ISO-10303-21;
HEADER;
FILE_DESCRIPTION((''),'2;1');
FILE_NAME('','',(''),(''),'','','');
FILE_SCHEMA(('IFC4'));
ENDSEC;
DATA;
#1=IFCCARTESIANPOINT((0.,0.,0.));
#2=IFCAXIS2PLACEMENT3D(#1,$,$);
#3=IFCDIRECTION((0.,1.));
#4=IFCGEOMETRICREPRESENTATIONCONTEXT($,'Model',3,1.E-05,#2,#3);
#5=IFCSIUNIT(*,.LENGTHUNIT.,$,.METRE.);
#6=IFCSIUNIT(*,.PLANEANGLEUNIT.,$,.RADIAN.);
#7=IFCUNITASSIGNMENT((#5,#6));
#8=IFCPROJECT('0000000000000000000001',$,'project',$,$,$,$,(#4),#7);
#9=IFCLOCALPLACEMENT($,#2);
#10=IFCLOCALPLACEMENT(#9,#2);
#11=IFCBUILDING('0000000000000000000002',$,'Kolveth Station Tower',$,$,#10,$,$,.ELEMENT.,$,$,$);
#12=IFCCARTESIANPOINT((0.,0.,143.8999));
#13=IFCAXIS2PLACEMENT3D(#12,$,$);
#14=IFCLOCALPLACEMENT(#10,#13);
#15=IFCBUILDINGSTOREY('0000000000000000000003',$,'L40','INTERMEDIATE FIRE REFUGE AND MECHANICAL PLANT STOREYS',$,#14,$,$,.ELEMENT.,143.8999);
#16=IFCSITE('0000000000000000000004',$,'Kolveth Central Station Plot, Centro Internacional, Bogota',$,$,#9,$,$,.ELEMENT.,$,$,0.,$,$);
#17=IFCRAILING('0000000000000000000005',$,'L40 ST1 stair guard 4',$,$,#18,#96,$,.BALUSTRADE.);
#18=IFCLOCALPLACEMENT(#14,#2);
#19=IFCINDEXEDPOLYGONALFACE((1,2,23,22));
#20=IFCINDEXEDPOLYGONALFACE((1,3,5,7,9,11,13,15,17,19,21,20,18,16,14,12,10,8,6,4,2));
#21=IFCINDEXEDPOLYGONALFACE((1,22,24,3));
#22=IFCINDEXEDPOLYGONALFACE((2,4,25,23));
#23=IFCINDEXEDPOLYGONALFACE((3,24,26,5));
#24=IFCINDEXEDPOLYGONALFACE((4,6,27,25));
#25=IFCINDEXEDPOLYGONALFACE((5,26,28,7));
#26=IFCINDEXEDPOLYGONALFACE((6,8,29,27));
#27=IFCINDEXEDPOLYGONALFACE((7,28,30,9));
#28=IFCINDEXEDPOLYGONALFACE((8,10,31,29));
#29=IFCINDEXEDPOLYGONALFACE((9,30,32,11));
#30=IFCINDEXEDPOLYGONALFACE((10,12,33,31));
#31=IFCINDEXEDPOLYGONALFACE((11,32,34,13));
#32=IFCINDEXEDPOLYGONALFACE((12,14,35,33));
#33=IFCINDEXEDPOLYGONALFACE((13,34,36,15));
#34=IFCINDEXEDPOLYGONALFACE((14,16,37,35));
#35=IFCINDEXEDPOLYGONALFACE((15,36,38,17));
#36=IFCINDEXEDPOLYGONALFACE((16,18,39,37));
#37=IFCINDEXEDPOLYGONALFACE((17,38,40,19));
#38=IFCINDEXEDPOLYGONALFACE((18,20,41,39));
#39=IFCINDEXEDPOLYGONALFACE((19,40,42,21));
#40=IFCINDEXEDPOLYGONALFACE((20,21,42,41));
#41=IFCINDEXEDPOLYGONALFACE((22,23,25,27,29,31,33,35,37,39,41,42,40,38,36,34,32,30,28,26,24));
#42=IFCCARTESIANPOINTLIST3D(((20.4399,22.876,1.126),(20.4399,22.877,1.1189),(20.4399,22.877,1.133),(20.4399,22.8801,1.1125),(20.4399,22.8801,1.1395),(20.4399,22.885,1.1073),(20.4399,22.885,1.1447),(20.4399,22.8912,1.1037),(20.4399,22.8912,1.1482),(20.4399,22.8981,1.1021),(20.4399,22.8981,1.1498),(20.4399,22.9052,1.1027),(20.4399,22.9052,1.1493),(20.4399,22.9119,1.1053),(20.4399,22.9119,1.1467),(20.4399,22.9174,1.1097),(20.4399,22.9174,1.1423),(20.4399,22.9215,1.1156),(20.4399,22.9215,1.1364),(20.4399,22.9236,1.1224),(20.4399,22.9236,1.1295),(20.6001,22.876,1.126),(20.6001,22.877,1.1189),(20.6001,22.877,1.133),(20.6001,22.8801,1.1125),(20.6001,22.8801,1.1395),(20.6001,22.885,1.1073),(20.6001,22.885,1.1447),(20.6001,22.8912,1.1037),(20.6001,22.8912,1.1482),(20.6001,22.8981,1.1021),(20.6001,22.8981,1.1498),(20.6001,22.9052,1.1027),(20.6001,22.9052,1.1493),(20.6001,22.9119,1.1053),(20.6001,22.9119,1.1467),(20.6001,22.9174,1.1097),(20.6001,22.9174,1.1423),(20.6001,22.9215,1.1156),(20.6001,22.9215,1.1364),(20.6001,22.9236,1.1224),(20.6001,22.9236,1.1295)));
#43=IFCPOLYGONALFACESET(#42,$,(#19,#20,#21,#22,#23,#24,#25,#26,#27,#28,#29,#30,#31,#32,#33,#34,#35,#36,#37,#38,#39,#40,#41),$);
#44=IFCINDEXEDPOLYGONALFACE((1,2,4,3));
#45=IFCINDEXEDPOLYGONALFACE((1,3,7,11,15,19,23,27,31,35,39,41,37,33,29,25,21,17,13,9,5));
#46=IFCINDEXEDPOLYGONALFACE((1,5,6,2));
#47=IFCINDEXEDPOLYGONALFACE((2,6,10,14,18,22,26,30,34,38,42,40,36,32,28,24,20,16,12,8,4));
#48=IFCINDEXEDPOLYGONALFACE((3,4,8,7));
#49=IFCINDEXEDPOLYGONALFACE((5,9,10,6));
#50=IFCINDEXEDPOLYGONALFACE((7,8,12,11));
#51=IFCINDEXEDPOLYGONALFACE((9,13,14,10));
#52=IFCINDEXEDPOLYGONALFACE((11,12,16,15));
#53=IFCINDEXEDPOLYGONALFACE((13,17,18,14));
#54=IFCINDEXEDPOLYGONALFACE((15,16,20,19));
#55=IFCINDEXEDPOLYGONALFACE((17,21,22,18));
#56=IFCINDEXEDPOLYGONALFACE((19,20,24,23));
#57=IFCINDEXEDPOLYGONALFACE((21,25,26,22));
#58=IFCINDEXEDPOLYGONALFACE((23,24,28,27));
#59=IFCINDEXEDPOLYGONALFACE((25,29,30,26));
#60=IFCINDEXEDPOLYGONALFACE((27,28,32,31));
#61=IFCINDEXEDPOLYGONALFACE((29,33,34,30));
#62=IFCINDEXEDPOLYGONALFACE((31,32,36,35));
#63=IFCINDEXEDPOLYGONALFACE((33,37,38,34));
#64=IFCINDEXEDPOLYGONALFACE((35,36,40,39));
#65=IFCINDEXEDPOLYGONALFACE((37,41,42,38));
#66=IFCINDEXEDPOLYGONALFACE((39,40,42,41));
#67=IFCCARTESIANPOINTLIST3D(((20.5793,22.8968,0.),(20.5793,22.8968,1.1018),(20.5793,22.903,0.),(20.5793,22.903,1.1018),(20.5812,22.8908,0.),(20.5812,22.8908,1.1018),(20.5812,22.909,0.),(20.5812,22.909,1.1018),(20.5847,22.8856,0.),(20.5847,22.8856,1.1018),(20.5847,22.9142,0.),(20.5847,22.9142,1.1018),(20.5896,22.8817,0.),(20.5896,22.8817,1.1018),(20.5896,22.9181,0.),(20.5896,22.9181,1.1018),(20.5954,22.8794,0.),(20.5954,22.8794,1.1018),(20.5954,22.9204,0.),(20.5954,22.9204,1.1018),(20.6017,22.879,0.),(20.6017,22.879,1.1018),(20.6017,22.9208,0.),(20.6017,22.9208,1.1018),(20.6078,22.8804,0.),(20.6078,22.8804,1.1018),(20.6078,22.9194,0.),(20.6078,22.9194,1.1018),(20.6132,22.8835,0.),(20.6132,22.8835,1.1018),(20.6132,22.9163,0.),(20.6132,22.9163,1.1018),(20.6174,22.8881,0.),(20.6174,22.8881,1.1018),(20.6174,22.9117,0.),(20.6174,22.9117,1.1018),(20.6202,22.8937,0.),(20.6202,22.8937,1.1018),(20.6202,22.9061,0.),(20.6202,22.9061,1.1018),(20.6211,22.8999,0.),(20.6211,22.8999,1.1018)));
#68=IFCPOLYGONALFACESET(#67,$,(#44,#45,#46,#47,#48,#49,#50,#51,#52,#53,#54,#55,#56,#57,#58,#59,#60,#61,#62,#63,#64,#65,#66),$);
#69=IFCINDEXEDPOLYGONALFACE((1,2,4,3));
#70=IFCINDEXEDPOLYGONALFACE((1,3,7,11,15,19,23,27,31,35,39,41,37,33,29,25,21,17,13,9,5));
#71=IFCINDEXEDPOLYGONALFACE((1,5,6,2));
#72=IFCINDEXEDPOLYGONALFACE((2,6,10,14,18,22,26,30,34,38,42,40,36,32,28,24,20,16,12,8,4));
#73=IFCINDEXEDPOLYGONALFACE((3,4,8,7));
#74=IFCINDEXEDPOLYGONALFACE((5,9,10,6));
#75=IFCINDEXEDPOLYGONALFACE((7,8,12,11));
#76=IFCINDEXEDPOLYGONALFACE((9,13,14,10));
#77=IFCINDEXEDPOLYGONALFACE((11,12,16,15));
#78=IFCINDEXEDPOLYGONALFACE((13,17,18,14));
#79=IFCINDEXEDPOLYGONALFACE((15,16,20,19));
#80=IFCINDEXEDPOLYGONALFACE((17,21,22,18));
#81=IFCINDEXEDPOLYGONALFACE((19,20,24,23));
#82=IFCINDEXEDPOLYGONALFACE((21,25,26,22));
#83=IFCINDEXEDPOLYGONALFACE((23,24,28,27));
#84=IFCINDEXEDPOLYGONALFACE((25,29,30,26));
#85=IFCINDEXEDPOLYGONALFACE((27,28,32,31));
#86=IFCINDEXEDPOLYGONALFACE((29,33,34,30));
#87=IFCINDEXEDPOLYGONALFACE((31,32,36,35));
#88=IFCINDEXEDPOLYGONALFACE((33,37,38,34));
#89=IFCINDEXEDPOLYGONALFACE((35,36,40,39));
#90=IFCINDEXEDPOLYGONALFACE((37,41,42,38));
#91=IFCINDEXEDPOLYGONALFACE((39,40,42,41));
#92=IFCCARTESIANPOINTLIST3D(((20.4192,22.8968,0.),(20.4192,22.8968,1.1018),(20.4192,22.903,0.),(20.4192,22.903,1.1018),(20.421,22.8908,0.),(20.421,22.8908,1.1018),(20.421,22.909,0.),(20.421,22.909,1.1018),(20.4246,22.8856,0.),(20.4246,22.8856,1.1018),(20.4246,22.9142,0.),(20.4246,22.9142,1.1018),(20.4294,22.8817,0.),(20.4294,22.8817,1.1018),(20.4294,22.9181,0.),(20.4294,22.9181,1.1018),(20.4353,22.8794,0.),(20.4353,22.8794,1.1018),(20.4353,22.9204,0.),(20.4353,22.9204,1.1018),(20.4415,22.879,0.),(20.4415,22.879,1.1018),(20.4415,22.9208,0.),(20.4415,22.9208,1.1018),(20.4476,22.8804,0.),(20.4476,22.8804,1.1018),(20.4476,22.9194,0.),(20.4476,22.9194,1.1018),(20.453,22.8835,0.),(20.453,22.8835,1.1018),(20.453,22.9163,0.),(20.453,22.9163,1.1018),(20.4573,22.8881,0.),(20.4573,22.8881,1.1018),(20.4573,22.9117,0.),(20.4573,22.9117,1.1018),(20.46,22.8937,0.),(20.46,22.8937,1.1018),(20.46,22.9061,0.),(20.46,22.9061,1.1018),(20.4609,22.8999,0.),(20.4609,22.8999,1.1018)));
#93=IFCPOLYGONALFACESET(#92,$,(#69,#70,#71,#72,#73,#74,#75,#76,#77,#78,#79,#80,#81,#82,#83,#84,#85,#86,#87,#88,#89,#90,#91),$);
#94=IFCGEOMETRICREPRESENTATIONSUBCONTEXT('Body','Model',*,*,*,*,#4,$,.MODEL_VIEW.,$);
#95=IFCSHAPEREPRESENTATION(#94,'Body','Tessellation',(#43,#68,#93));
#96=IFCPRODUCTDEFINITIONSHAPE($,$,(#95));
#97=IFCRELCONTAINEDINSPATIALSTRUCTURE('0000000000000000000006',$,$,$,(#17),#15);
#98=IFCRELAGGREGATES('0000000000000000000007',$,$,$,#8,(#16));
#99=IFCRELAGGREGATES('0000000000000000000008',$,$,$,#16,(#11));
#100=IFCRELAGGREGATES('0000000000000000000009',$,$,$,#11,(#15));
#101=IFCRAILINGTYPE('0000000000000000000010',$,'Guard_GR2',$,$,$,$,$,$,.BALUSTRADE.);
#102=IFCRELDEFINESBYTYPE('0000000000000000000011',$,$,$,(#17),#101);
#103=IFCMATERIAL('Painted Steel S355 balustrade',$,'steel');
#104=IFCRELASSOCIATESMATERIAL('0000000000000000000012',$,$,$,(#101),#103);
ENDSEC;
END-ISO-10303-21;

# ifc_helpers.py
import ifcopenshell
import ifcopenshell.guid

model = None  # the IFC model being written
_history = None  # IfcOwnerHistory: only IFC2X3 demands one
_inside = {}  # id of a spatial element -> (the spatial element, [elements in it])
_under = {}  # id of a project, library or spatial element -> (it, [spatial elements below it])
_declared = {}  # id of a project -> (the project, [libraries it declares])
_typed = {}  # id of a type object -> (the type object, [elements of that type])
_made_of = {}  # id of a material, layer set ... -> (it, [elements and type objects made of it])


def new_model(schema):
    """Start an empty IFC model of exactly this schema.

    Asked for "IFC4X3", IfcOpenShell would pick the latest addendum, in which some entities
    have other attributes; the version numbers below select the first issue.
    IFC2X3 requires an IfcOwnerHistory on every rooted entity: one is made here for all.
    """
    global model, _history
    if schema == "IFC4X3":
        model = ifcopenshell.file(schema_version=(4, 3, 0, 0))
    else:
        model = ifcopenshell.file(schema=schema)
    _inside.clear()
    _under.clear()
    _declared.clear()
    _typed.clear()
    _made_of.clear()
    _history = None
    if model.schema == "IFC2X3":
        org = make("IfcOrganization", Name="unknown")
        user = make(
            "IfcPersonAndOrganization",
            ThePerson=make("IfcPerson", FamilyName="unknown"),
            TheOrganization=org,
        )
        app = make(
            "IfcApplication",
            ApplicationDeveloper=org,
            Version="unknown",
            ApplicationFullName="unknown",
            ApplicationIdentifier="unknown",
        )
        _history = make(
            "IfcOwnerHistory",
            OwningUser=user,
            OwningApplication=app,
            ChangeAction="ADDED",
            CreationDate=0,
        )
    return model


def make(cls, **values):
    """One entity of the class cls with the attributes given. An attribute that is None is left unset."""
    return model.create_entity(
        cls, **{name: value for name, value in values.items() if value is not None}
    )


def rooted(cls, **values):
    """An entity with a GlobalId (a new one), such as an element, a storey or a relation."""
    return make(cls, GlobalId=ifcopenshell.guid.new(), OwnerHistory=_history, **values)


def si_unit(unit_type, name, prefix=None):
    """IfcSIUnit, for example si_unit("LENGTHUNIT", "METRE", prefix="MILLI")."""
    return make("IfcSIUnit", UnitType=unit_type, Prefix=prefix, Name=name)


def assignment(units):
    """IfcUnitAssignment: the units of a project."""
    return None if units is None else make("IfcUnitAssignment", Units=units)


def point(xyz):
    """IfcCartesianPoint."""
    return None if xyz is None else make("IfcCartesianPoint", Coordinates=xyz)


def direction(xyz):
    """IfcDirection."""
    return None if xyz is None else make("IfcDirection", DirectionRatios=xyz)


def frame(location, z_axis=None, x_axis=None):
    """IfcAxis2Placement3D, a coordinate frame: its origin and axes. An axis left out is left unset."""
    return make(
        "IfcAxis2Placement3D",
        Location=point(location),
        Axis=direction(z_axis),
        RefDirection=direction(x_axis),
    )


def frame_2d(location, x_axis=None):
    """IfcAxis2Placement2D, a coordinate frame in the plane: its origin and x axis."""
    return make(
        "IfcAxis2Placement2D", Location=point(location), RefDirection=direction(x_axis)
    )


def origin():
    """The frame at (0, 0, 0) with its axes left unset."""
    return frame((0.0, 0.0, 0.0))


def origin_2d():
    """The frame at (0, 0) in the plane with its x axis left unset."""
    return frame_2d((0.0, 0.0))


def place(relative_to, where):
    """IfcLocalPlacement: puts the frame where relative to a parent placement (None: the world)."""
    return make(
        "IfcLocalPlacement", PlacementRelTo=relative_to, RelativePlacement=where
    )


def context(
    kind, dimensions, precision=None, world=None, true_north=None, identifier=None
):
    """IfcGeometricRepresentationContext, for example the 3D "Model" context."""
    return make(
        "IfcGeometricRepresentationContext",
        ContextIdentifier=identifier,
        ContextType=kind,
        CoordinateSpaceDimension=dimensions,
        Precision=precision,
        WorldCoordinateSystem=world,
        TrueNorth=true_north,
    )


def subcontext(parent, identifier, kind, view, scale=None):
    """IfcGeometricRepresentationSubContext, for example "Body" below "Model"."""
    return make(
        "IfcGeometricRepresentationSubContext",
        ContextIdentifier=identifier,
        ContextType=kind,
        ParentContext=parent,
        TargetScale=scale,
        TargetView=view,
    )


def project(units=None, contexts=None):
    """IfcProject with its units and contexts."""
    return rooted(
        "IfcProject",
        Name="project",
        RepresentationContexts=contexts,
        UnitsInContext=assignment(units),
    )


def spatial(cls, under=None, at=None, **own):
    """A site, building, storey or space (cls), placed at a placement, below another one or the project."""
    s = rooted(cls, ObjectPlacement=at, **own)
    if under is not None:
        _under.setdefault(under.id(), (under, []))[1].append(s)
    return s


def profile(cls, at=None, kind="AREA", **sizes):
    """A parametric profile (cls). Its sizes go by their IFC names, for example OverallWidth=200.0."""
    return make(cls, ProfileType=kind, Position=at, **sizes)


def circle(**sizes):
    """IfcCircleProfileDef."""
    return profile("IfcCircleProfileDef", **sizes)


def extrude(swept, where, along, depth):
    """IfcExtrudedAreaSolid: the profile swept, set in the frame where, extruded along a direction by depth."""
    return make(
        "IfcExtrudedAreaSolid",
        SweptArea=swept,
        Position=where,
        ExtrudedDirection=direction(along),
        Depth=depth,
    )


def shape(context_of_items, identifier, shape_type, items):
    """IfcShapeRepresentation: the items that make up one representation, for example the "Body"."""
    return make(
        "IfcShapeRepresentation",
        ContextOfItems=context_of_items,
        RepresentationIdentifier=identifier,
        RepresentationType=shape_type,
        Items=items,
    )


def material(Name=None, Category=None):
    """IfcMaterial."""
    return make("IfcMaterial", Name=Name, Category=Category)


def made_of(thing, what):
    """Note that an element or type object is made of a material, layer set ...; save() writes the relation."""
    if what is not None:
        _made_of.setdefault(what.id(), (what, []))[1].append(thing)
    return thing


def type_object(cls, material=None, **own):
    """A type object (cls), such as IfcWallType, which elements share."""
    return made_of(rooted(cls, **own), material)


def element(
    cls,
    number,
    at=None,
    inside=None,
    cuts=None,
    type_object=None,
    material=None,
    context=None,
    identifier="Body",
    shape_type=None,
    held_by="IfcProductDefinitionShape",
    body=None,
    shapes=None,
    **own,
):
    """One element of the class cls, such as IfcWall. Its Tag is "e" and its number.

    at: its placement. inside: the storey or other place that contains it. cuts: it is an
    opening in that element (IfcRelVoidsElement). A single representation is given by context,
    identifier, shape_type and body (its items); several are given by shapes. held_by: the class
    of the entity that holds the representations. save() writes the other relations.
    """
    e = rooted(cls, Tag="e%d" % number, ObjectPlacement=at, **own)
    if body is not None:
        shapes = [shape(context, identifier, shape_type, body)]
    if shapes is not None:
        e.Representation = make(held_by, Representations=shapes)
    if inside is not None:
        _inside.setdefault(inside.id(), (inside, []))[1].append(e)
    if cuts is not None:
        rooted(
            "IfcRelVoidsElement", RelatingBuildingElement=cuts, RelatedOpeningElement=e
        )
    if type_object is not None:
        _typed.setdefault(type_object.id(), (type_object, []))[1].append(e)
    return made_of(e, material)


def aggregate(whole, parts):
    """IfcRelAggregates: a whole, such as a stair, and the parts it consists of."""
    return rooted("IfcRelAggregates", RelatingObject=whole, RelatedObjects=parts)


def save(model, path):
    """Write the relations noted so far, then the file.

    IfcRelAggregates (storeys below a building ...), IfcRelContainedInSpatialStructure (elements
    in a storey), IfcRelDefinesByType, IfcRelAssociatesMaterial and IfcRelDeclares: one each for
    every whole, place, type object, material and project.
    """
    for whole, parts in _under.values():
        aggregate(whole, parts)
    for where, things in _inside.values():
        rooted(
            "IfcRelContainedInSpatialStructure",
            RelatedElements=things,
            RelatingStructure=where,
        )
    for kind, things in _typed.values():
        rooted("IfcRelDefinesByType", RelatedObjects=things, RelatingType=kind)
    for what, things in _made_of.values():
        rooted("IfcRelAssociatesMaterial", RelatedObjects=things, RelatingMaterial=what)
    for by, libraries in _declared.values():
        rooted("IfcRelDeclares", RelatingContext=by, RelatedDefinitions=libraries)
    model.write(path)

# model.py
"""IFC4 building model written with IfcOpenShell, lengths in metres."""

from ifc_helpers import new_model, si_unit, direction, frame, origin, origin_2d, place, context, subcontext, project, spatial, circle, extrude, material, type_object, element, save


model = new_model("IFC4")

# Units and contexts
model_context = context("Model", 3, precision=1e-05, world=origin(), true_north=direction((0.0, 1.0)))
body_context = subcontext(model_context, "Body", "Model", "MODEL_VIEW")
ifc_project = project(units=[si_unit("LENGTHUNIT", "METRE"), si_unit("PLANEANGLEUNIT", "RADIAN")], contexts=[model_context])

# Site, building, storey
site_placement = place(None, origin())
site = spatial("IfcSite", under=ifc_project, at=site_placement, Name="Kolveth Central Station Plot, Centro Internacional, Bogota", CompositionType="ELEMENT", RefElevation=0.0)
building_placement = place(site_placement, origin())
building = spatial("IfcBuilding", under=site, at=building_placement, Name="Kolveth Station Tower", CompositionType="ELEMENT")
storey_placement = place(building_placement, frame((0.0, 0.0, 143.8999)))
storey = spatial("IfcBuildingStorey", under=building, at=storey_placement, Name="L40", Description="INTERMEDIATE FIRE REFUGE AND MECHANICAL PLANT STOREYS", CompositionType="ELEMENT", Elevation=143.8999)

# Railing
ifc_material_1 = material(Name="Painted Steel S355 balustrade", Category="steel")
railing_type_1 = type_object("IfcRailingType", Name="Guard_GR2", PredefinedType="BALUSTRADE", material=ifc_material_1)
railing_1_placement = place(storey_placement, frame((20.6001, 22.8999, 0.0)))
element("IfcRailing", 1, at=railing_1_placement, inside=storey, type_object=railing_type_1, Name="L40 ST1 stair guard 4", PredefinedType="BALUSTRADE", context=body_context, shape_type="SweptSolid", body=[
    extrude(circle(Radius=0.0239, at=origin_2d()), frame((0.0, 0.0, 1.126), z_axis=(-1.0, 0.0, 0.0), x_axis=(0.0, -1.0, 0.0)), (0.0, 0.0, 1.0), 0.1602),
    extrude(circle(Radius=0.021, at=origin_2d()), origin(), (0.0, 0.0, 1.0), 1.1018),
    extrude(circle(Radius=0.021, at=origin_2d()), frame((-0.1602, 0.0, 0.0)), (0.0, 0.0, 1.0), 1.1018),
])

save(model, "model.ifc")
